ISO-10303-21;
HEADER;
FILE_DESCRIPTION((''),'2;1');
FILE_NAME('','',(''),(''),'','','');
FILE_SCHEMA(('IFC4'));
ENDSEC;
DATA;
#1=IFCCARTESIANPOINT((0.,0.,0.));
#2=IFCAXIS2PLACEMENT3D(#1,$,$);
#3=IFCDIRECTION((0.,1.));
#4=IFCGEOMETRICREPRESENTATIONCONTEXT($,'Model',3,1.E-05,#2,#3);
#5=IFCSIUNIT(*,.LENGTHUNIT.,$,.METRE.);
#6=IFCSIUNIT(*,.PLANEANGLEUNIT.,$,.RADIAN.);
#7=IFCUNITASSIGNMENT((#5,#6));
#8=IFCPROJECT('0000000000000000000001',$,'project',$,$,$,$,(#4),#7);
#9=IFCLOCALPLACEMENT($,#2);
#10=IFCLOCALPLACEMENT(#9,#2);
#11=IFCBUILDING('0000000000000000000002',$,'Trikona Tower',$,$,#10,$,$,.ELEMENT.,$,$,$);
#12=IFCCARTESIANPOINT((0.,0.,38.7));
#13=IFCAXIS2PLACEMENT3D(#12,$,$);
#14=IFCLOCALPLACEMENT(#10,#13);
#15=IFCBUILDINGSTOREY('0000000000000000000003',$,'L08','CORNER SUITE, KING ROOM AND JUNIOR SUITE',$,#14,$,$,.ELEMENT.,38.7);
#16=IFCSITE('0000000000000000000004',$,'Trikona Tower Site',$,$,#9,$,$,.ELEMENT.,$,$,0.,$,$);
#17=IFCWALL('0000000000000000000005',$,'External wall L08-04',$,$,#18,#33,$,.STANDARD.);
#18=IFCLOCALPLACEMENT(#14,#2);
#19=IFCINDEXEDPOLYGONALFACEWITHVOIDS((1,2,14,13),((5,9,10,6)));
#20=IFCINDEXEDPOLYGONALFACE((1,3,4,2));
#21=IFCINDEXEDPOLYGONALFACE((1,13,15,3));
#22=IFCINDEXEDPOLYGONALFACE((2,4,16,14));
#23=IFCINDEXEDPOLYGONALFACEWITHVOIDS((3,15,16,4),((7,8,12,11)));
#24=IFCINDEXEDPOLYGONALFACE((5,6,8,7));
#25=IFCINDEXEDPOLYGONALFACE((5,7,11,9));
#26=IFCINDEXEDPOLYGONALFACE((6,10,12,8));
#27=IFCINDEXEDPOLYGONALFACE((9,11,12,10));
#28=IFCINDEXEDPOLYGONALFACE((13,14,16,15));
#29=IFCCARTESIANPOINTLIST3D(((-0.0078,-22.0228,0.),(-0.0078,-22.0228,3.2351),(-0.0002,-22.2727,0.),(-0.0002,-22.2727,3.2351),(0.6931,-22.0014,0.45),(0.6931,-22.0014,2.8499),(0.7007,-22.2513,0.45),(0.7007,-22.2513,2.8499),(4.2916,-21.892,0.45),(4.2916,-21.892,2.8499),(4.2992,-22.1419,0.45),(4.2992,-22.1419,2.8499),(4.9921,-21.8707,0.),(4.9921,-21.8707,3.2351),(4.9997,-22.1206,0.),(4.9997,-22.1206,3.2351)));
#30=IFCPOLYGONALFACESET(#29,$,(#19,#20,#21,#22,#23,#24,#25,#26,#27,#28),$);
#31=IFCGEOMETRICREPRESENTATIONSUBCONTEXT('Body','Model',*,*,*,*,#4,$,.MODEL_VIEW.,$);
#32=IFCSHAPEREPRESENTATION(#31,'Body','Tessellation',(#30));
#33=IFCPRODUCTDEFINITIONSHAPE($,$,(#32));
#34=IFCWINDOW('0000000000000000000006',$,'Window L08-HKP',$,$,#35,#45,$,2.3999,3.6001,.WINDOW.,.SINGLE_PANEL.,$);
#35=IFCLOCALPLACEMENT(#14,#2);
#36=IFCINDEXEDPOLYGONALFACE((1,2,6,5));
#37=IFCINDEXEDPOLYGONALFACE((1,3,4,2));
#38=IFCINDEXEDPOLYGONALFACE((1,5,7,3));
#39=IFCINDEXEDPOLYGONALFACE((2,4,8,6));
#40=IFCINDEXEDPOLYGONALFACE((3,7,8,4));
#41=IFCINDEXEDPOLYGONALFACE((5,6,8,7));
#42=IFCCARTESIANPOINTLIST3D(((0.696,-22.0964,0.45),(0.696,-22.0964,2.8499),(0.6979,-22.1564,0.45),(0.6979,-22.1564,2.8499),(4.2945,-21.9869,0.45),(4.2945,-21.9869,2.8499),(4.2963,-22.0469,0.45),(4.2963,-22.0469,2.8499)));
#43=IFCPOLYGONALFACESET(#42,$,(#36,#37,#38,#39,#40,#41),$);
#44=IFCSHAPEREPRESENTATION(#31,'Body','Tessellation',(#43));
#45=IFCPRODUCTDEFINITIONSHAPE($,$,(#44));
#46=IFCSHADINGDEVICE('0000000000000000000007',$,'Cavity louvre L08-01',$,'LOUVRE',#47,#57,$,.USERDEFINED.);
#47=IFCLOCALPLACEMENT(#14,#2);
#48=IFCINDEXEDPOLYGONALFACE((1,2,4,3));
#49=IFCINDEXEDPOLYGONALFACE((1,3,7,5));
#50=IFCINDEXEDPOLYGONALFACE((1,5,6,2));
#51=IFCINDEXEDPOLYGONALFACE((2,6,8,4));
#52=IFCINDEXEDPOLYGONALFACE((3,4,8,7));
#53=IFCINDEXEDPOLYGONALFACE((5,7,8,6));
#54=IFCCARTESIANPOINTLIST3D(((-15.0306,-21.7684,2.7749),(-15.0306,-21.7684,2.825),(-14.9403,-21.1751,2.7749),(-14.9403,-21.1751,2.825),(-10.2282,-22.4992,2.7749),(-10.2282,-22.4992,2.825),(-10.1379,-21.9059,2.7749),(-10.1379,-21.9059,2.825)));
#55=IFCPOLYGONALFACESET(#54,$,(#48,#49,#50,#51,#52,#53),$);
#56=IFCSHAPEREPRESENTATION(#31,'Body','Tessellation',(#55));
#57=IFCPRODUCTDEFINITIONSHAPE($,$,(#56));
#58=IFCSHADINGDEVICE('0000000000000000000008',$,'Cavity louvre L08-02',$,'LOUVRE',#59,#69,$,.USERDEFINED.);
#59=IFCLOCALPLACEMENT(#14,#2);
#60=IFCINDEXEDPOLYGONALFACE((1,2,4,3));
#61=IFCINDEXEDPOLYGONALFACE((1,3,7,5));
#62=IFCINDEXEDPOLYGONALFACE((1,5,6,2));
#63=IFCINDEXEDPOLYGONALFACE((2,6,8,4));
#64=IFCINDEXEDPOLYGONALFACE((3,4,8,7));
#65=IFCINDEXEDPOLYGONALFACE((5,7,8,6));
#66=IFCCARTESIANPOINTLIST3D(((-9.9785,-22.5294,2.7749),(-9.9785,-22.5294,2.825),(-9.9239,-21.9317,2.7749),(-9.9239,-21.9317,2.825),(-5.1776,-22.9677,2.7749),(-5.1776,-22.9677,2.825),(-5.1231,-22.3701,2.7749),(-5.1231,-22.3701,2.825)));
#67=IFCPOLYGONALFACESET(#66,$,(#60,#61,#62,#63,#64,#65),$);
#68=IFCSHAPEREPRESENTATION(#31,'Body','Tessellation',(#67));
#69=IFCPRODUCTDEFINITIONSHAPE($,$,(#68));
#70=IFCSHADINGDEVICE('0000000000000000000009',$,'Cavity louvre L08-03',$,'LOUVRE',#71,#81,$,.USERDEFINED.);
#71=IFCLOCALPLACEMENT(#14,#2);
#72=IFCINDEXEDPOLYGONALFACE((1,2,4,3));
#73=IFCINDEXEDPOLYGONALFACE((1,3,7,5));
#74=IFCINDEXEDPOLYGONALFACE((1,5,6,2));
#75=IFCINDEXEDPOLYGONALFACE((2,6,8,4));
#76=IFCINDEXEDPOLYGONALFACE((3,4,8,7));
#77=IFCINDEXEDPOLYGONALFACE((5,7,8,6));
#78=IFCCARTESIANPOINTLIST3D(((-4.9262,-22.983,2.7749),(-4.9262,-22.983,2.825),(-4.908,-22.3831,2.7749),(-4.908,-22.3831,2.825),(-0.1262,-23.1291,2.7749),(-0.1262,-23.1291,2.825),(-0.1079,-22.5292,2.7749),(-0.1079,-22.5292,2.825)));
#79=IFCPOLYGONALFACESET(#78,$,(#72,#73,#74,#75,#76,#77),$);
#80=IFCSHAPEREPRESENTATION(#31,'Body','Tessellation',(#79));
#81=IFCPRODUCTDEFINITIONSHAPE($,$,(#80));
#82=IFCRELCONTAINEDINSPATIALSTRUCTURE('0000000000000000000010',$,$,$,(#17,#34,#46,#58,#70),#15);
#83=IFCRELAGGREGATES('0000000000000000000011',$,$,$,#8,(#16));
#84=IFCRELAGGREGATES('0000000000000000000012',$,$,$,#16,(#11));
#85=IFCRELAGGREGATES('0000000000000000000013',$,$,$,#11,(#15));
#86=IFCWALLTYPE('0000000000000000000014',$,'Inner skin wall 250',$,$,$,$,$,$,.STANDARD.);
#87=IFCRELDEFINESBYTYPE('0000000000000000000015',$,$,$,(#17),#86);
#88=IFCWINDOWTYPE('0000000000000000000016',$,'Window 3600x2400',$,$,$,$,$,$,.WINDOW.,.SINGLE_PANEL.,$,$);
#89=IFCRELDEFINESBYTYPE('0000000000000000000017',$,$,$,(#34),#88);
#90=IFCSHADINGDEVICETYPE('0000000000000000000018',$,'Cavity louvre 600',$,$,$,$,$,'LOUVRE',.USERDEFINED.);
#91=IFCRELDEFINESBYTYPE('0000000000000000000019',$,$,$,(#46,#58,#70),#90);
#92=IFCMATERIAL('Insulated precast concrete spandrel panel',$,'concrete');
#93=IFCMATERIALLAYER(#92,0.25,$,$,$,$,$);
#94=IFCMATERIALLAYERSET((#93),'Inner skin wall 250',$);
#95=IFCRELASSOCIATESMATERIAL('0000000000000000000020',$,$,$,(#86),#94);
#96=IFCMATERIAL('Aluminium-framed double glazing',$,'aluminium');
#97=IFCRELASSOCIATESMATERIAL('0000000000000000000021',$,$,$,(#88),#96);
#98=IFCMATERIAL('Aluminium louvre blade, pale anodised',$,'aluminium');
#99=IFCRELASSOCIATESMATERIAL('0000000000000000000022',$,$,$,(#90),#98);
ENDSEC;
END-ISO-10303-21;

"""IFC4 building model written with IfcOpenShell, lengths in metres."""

from ifc_helpers import new_model, si_unit, direction, frame, frame_2d, origin, origin_2d, place, context, subcontext, project, spatial, rectangle, extrude, material, layer, layer_set, type_object, element, fill, save


model = new_model("IFC4")

# Units and contexts
model_context = context("Model", 3, precision=1e-05, world=origin(), true_north=direction((0.0, 1.0)))
body_context = subcontext(model_context, "Body", "Model", "MODEL_VIEW")
ifc_project = project(units=[si_unit("LENGTHUNIT", "METRE"), si_unit("PLANEANGLEUNIT", "RADIAN")], contexts=[model_context])

# Site, building, storey
site_placement = place(None, origin())
site = spatial("IfcSite", under=ifc_project, at=site_placement, Name="Trikona Tower Site", CompositionType="ELEMENT", RefElevation=0.0)
building_placement = place(site_placement, origin())
building = spatial("IfcBuilding", under=site, at=building_placement, Name="Trikona Tower", CompositionType="ELEMENT")
storey_placement = place(building_placement, frame((0.0, 0.0, 38.7)))
storey = spatial("IfcBuildingStorey", under=building, at=storey_placement, Name="L08", Description="CORNER SUITE, KING ROOM AND JUNIOR SUITE", CompositionType="ELEMENT", Elevation=38.7)

# Wall, opening, window
ifc_material_1 = material(Name="Insulated precast concrete spandrel panel", Category="concrete")
ifc_layer_1 = layer(ifc_material_1, 0.25)
ifc_layer_set_1 = layer_set([ifc_layer_1], Name="Inner skin wall 250")
wall_type = type_object("IfcWallType", Name="Inner skin wall 250", PredefinedType="STANDARD", material=ifc_layer_set_1)
ifc_material_2 = material(Name="Aluminium-framed double glazing", Category="aluminium")
window_type = type_object("IfcWindowType", Name="Window 3600x2400", PartitioningType="SINGLE_PANEL", PredefinedType="WINDOW", material=ifc_material_2)
wall_1_placement = place(storey_placement, frame((-0.0039, -22.1477, 0.0), z_axis=(0.0, 0.0, 1.0), x_axis=(0.999538, 0.030406, 0.0)))
wall_1 = element("IfcWall", 1, at=wall_1_placement, inside=storey, type_object=wall_type, Name="External wall L08-04", PredefinedType="STANDARD", context=body_context, shape_type="SweptSolid", body=[
    extrude(rectangle(XDim=5.0022, YDim=0.25, at=frame_2d((2.501, 0.0))), origin(), (0.0, 0.0, 1.0), 3.2351),
])
opening_1_placement = place(wall_1_placement, frame((0.7012, 0.0, 0.45)))
opening_1 = element("IfcOpeningElement", 2, at=opening_1_placement, cuts=wall_1, PredefinedType="OPENING", context=body_context, shape_type="SweptSolid", body=[
    extrude(rectangle(XDim=3.6001, YDim=2.3999, at=frame_2d((1.8, 1.2))), frame((0.0, 0.135, 0.0), z_axis=(0.0, -1.0, 0.0), x_axis=(1.0, 0.0, 0.0)), (0.0, 0.0, 1.0), 0.27),
])
window_1_placement = place(opening_1_placement, origin())
window_1 = element("IfcWindow", 3, at=window_1_placement, inside=storey, type_object=window_type, Name="Window L08-HKP", OverallHeight=2.3999, OverallWidth=3.6001, PartitioningType="SINGLE_PANEL", PredefinedType="WINDOW", context=body_context, shape_type="SweptSolid", body=[
    extrude(rectangle(XDim=3.6001, YDim=2.3999, at=frame_2d((1.8, 1.2))), frame((0.0, 0.03, 0.0), z_axis=(0.0, -1.0, 0.0), x_axis=(1.0, 0.0, 0.0)), (0.0, 0.0, 1.0), 0.0601),
])
fill(opening_1, window_1)

# Shading devices
ifc_material_3 = material(Name="Aluminium louvre blade, pale anodised", Category="aluminium")
shading_device_type = type_object("IfcShadingDeviceType", Name="Cavity louvre 600", ElementType="LOUVRE", PredefinedType="USERDEFINED", material=ifc_material_3)
shading_device_1_placement = place(storey_placement, frame((-12.5842, -21.8372, 2.7749), z_axis=(0.0, 0.0, 1.0), x_axis=(0.988618, -0.150448, 0.0)))
element("IfcShadingDevice", 4, at=shading_device_1_placement, inside=storey, type_object=shading_device_type, Name="Cavity louvre L08-01", ObjectType="LOUVRE", PredefinedType="USERDEFINED", context=body_context, shape_type="SweptSolid", body=[
    extrude(rectangle(XDim=4.8577, YDim=0.6001, at=origin_2d()), origin(), (0.0, 0.0, 1.0), 0.05),
])
shading_device_2_placement = place(storey_placement, frame((-7.5508, -22.4497, 2.7749), z_axis=(0.0, 0.0, 1.0), x_axis=(0.995858, -0.090921, 0.0)))
element("IfcShadingDevice", 5, at=shading_device_2_placement, inside=storey, type_object=shading_device_type, Name="Cavity louvre L08-02", ObjectType="LOUVRE", PredefinedType="USERDEFINED", context=body_context, shape_type="SweptSolid", body=[
    extrude(rectangle(XDim=4.8208, YDim=0.6001, at=origin_2d()), origin(), (0.0, 0.0, 1.0), 0.05),
])
shading_device_3_placement = place(storey_placement, frame((-2.5171, -22.7561, 2.7749), z_axis=(0.0, 0.0, 1.0), x_axis=(0.999537, -0.030425, 0.0)))
element("IfcShadingDevice", 6, at=shading_device_3_placement, inside=storey, type_object=shading_device_type, Name="Cavity louvre L08-03", ObjectType="LOUVRE", PredefinedType="USERDEFINED", context=body_context, shape_type="SweptSolid", body=[
    extrude(rectangle(XDim=4.8022, YDim=0.6001, at=origin_2d()), origin(), (0.0, 0.0, 1.0), 0.05),
])

save(model, "model.ifc")
